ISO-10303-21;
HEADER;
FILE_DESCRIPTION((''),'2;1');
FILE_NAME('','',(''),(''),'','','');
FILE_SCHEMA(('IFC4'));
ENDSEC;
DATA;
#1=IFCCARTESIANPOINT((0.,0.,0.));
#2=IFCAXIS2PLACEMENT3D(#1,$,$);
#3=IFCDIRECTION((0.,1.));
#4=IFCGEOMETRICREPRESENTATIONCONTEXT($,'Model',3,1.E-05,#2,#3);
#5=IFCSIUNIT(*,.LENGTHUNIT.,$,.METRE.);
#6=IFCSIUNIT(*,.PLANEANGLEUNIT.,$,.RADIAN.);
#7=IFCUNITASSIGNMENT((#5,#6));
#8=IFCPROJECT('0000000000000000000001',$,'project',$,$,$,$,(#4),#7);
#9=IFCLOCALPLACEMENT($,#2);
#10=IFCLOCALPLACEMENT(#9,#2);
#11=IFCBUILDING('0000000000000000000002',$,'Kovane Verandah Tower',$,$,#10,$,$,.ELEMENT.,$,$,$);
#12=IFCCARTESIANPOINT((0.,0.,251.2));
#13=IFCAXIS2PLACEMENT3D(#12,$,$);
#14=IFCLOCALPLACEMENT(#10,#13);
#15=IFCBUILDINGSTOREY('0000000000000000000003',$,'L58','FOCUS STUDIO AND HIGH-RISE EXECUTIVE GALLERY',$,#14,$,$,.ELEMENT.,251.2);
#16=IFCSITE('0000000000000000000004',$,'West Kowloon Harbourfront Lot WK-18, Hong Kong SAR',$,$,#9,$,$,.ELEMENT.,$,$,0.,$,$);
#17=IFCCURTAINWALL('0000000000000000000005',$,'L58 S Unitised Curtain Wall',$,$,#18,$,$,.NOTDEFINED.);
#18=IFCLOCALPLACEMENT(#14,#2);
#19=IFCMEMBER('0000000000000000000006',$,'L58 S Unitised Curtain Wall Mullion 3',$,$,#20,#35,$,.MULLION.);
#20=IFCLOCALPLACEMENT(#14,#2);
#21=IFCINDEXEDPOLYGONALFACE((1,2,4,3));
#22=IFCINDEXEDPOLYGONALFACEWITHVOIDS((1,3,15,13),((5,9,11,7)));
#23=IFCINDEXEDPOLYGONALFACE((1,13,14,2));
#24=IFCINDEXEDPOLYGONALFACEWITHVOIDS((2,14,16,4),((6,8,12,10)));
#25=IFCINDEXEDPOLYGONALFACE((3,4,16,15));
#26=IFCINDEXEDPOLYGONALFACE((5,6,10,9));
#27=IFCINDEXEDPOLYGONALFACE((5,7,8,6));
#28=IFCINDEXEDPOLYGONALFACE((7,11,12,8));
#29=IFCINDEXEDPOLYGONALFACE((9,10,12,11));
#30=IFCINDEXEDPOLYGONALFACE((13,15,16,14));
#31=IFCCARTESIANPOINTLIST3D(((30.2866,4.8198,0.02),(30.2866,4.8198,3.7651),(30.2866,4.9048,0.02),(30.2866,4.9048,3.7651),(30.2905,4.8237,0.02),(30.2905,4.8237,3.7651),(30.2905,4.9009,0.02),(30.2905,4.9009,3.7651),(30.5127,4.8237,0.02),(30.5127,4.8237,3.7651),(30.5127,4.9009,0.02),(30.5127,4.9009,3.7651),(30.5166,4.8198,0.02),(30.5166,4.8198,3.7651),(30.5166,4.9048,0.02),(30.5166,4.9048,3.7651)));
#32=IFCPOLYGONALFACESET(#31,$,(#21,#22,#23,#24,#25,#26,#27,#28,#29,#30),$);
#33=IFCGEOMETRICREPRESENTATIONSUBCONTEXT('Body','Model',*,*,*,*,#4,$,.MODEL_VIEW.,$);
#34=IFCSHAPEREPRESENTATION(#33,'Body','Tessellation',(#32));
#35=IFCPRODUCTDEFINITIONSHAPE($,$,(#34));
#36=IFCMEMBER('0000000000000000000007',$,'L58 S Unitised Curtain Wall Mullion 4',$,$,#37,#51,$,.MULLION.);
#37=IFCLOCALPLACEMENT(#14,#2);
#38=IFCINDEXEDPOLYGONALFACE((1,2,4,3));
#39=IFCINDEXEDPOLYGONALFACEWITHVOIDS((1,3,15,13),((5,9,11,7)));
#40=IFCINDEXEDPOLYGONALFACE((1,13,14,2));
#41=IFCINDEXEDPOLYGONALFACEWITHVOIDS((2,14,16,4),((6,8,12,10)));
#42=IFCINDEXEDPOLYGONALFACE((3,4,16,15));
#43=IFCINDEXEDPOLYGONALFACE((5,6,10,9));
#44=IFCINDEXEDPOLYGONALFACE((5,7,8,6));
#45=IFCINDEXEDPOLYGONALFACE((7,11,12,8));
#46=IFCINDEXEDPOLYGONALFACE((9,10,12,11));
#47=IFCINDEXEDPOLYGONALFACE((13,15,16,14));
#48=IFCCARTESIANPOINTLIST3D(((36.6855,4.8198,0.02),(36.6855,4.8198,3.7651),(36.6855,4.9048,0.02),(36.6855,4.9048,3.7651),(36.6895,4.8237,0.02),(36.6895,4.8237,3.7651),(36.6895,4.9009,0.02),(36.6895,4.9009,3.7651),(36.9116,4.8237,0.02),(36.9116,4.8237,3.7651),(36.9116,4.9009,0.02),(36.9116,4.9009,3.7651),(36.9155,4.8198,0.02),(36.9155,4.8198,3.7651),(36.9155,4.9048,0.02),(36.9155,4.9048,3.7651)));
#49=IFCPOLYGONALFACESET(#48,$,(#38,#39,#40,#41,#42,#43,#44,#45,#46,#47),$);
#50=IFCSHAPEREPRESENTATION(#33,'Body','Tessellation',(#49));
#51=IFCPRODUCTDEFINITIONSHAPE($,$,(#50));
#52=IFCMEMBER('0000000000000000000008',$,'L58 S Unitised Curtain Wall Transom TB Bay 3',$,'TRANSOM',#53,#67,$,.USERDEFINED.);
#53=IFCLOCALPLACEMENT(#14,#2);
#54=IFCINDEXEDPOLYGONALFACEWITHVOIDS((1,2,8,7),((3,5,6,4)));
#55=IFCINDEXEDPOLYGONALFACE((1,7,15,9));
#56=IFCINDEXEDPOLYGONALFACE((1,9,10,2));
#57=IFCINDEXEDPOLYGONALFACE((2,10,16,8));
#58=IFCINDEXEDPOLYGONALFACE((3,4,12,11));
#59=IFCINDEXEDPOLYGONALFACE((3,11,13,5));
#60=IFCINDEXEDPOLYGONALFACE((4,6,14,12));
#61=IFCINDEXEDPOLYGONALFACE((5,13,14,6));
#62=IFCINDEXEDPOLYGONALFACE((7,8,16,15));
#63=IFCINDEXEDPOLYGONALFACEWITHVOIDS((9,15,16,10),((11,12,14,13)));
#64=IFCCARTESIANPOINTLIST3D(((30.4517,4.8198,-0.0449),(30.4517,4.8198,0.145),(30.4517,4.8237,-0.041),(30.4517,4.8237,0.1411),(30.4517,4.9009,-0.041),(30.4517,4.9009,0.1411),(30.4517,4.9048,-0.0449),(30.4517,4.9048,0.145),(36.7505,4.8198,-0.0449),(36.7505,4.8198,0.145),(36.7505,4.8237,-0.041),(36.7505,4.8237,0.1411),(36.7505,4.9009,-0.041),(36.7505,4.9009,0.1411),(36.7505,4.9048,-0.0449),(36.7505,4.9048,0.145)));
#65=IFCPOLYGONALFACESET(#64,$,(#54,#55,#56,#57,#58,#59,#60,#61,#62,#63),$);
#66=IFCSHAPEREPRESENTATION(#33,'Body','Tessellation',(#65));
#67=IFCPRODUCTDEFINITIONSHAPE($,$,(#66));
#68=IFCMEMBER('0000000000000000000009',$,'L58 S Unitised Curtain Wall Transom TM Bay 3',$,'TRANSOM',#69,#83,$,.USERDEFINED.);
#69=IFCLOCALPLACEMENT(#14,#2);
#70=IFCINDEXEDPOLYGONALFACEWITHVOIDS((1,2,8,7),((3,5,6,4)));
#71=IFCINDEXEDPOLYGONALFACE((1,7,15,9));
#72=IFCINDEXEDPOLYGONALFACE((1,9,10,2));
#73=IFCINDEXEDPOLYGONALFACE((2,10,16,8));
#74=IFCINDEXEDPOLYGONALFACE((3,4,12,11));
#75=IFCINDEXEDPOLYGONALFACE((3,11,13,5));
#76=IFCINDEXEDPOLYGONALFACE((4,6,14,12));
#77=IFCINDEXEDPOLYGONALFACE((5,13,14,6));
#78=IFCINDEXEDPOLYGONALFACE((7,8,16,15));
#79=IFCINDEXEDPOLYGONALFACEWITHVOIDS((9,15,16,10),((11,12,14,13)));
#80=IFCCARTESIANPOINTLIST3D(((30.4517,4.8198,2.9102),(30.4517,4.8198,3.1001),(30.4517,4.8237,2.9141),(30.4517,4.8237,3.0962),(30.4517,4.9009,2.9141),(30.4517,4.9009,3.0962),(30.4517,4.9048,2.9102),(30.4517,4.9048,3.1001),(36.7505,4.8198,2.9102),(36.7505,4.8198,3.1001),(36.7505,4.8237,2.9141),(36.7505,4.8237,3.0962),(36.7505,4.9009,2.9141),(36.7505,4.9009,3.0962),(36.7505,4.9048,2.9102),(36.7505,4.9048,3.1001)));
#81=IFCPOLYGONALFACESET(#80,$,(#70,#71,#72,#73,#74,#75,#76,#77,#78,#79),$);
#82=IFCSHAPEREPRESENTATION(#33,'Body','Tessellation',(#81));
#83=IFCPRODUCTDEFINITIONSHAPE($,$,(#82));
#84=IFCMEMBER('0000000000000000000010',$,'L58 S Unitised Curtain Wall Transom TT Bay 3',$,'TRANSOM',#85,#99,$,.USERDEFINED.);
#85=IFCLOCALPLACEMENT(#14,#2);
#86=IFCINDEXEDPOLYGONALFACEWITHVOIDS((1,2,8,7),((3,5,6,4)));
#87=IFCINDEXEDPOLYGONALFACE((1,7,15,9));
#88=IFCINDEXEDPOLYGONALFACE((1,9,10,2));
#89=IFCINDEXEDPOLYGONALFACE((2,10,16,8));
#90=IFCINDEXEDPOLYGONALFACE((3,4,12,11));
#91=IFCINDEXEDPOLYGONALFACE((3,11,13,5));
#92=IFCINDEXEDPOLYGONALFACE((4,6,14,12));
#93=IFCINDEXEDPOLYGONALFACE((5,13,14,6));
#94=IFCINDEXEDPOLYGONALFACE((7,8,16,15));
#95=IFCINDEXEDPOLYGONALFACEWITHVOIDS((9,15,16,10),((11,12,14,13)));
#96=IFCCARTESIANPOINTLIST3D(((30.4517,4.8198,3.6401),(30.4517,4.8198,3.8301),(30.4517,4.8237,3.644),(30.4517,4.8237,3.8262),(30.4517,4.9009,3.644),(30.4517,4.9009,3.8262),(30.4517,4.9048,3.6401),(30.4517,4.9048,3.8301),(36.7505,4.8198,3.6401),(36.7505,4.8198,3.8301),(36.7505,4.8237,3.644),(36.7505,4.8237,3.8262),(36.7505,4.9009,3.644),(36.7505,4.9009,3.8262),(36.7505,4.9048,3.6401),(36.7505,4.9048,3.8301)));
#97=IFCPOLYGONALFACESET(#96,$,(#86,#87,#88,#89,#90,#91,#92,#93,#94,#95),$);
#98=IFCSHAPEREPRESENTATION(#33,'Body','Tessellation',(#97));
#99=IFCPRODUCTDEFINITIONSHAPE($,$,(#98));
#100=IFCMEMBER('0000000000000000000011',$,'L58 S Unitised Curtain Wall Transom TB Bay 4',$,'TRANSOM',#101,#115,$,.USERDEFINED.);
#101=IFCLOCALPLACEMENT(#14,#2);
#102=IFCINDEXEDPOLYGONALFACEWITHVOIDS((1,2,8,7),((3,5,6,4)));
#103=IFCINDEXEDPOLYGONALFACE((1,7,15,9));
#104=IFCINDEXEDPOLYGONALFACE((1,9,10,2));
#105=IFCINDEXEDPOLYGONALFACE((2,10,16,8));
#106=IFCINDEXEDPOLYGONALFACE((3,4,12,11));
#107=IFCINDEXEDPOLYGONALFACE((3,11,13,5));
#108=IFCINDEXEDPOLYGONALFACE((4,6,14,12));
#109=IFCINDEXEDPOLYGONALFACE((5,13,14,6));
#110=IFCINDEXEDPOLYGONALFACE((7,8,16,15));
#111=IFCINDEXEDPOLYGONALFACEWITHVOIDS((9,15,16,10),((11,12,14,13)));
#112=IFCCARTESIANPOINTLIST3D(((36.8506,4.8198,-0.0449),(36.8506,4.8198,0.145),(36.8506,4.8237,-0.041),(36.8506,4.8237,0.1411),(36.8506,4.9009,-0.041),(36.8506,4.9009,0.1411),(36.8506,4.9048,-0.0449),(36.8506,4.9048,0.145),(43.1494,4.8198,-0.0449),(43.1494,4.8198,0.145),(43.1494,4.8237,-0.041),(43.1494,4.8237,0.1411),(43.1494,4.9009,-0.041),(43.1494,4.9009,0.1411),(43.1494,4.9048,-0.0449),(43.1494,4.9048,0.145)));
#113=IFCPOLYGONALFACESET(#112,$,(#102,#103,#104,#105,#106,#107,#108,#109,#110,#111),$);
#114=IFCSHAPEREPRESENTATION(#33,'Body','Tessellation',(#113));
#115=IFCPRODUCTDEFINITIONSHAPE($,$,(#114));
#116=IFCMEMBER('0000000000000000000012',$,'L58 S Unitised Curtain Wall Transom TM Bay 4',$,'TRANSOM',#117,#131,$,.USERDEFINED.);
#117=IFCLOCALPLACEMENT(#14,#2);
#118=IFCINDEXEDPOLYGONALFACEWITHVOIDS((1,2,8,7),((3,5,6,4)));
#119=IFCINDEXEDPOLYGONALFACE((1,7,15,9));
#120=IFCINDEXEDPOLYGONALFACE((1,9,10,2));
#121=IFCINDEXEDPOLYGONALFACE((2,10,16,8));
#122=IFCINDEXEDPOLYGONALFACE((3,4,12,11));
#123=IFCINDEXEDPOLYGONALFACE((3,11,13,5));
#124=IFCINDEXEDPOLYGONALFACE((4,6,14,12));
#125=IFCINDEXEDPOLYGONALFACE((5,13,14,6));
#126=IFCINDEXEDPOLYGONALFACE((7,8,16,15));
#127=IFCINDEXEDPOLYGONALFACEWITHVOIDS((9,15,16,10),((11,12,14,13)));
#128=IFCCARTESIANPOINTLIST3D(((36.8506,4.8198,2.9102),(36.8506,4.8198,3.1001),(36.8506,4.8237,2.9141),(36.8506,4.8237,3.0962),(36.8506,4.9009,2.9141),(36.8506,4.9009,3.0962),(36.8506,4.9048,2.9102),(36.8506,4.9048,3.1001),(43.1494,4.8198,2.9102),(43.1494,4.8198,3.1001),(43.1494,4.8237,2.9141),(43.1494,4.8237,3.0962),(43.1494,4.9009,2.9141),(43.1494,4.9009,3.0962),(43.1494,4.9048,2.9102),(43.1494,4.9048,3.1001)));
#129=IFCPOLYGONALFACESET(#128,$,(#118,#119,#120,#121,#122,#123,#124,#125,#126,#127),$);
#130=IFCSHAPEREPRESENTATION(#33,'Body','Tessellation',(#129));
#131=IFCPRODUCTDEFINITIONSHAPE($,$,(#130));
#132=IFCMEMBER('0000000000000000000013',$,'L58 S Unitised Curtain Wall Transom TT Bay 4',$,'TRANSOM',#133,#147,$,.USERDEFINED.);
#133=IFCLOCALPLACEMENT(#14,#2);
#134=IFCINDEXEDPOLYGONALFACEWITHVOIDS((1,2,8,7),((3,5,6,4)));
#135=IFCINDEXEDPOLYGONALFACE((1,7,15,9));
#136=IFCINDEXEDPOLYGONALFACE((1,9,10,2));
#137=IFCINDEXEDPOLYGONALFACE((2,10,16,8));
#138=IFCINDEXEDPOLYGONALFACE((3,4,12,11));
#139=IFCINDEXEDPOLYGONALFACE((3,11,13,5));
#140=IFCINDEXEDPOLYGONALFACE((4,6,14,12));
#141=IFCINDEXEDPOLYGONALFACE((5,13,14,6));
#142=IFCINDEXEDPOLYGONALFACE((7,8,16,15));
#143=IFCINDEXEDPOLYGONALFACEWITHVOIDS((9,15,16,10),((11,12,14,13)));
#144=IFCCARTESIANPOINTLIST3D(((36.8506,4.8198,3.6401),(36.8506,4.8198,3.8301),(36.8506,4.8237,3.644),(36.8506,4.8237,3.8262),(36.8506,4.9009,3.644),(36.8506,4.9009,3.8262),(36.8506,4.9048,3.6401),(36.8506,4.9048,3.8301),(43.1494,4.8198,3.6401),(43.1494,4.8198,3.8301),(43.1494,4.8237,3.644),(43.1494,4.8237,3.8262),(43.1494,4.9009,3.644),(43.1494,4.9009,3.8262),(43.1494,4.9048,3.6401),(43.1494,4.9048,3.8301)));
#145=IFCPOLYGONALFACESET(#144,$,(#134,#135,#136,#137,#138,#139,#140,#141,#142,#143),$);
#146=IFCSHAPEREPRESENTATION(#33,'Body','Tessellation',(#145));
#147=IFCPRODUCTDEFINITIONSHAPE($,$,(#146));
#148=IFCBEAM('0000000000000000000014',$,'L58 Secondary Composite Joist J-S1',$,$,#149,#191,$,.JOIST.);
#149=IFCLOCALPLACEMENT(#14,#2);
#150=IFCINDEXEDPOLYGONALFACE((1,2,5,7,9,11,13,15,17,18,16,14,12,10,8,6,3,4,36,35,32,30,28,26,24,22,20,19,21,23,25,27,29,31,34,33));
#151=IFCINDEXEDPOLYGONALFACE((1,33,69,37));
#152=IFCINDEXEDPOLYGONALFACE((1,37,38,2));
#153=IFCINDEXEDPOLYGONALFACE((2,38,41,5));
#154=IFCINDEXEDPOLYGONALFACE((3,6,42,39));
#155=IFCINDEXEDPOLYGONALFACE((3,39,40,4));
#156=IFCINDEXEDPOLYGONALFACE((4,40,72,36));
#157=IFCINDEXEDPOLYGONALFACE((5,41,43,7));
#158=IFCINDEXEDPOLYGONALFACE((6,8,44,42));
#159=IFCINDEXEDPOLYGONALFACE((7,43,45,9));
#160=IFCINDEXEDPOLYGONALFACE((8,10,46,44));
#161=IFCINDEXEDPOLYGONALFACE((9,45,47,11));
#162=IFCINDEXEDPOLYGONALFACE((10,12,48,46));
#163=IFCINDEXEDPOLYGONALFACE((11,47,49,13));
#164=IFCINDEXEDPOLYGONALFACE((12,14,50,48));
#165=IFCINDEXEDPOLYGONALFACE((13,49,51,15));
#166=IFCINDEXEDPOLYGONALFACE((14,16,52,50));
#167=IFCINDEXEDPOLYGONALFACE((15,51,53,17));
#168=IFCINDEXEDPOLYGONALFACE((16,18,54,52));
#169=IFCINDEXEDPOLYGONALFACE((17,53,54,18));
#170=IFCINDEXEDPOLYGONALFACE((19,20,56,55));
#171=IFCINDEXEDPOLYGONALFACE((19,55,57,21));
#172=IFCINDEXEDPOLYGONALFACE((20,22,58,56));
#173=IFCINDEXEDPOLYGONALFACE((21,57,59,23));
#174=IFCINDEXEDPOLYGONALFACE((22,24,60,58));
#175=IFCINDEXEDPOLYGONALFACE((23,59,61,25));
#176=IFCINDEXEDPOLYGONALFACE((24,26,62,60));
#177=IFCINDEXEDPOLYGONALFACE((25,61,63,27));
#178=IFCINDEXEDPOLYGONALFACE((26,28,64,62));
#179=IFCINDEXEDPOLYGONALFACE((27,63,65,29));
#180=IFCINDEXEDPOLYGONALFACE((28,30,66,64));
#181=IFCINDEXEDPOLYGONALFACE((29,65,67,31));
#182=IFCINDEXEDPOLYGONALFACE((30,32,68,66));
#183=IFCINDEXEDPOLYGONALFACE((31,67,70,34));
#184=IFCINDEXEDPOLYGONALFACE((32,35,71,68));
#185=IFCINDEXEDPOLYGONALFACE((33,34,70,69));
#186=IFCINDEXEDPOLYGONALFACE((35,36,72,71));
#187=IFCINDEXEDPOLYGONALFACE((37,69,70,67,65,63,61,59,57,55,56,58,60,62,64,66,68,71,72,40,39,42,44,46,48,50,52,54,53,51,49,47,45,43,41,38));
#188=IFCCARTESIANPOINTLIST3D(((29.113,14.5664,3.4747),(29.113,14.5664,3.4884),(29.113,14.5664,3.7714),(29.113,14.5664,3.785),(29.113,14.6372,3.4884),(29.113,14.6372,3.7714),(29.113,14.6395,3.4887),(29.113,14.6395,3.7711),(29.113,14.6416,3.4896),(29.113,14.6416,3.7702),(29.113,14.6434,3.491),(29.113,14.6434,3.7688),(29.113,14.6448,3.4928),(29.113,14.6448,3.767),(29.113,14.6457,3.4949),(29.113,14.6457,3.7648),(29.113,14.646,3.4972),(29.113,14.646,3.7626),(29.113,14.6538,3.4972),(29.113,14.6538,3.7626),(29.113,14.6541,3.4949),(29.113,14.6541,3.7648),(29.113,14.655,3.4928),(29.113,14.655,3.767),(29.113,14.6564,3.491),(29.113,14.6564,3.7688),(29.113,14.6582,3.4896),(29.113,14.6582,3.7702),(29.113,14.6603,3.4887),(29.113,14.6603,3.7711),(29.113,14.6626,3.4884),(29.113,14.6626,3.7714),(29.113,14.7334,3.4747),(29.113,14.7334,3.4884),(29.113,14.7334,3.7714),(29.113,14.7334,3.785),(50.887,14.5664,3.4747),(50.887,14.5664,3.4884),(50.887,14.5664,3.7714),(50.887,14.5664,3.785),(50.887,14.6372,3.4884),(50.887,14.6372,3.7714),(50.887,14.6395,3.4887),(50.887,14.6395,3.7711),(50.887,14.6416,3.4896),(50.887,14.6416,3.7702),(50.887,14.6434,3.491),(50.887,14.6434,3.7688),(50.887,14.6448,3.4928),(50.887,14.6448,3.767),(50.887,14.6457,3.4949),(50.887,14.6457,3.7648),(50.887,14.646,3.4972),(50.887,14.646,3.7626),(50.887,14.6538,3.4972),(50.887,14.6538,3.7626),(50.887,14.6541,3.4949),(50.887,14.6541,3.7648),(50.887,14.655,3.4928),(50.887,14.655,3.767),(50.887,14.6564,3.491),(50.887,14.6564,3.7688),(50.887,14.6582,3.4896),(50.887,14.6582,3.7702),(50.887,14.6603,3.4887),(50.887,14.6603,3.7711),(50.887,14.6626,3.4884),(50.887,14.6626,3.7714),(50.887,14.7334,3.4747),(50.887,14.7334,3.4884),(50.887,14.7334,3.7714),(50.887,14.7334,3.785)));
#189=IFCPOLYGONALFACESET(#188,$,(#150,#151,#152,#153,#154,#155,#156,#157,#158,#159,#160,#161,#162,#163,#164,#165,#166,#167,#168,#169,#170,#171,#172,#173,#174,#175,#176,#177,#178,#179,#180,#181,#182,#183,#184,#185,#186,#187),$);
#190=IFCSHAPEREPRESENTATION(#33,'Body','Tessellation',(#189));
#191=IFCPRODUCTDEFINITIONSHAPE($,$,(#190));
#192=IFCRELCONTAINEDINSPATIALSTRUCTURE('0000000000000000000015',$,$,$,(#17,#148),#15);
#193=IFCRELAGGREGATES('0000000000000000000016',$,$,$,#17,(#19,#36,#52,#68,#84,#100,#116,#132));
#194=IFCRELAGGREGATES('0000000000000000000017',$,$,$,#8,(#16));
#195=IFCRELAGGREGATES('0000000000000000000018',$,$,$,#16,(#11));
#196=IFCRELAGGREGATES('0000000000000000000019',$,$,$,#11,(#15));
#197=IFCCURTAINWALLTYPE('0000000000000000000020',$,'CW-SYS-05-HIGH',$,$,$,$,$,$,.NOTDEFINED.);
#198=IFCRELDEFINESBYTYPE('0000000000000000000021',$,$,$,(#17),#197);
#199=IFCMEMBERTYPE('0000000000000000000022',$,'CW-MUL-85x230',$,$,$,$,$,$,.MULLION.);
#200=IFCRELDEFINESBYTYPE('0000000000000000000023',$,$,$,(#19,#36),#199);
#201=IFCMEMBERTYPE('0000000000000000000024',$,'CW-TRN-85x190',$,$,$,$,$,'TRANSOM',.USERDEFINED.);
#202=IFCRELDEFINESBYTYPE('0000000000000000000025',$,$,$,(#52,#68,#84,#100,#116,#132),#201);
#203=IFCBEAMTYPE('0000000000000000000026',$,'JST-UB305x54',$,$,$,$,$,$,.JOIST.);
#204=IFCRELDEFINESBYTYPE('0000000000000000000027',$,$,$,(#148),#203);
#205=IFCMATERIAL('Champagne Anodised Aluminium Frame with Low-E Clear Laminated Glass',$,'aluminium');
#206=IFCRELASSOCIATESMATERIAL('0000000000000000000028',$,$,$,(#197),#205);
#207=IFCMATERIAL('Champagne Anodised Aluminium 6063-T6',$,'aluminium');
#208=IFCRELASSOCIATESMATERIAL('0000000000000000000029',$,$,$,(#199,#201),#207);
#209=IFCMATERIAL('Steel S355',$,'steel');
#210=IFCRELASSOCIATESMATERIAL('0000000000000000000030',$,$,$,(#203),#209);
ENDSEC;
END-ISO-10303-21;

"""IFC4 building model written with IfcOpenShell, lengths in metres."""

from ifc_helpers import new_model, si_unit, direction, frame, origin, origin_2d, place, context, subcontext, project, spatial, hollow_rectangle, i_section, extrude, material, material_profile, profile_set, type_object, element, aggregate, save


model = new_model("IFC4")

# Units and contexts
model_context = context("Model", 3, precision=1e-05, world=origin(), true_north=direction((0.0, 1.0)))
body_context = subcontext(model_context, "Body", "Model", "MODEL_VIEW")
ifc_project = project(units=[si_unit("LENGTHUNIT", "METRE"), si_unit("PLANEANGLEUNIT", "RADIAN")], contexts=[model_context])

# Site, building, storey
site_placement = place(None, origin())
site = spatial("IfcSite", under=ifc_project, at=site_placement, Name="West Kowloon Harbourfront Lot WK-18, Hong Kong SAR", CompositionType="ELEMENT", RefElevation=0.0)
building_placement = place(site_placement, origin())
building = spatial("IfcBuilding", under=site, at=building_placement, Name="Kovane Verandah Tower", CompositionType="ELEMENT")
storey_placement = place(building_placement, frame((0.0, 0.0, 251.2)))
storey = spatial("IfcBuildingStorey", under=building, at=storey_placement, Name="L58", Description="FOCUS STUDIO AND HIGH-RISE EXECUTIVE GALLERY", CompositionType="ELEMENT", Elevation=251.2)

# Shared definitions
ifc_material_1 = material(Name="Steel S355", Category="steel")

# Curtain wall, members
ifc_material_2 = material(Name="Champagne Anodised Aluminium Frame with Low-E Clear Laminated Glass", Category="aluminium")
curtain_wall_type = type_object("IfcCurtainWallType", Name="CW-SYS-05-HIGH", PredefinedType="NOTDEFINED", material=ifc_material_2)
curtain_wall_placement = place(storey_placement, origin())
curtain_wall = element("IfcCurtainWall", 1, at=curtain_wall_placement, inside=storey, type_object=curtain_wall_type, Name="L58 S Unitised Curtain Wall", PredefinedType="NOTDEFINED")
ifc_material_3 = material(Name="Champagne Anodised Aluminium 6063-T6", Category="aluminium")
ifc_material_profile_1 = material_profile(ifc_material_3, hollow_rectangle(XDim=0.085, YDim=0.23, WallThickness=0.0039, at=origin_2d()), Name="AL85x230x4")
ifc_profile_set_1 = profile_set([ifc_material_profile_1], Name="Champagne Anodised Aluminium 6063-T6")
member_type_1 = type_object("IfcMemberType", Name="CW-MUL-85x230", PredefinedType="MULLION", material=ifc_profile_set_1)
member_1_placement = place(storey_placement, frame((30.4016, 4.8623, 0.02), z_axis=(0.0, 0.0, 1.0), x_axis=(0.0, -1.0, 0.0)))
member_1 = element("IfcMember", 2, at=member_1_placement, type_object=member_type_1, Name="L58 S Unitised Curtain Wall Mullion 3", PredefinedType="MULLION", context=body_context, shape_type="SweptSolid", body=[
    extrude(hollow_rectangle(XDim=0.085, YDim=0.23, WallThickness=0.0039, at=origin_2d()), origin(), (0.0, 0.0, 1.0), 3.7451),
])
member_2_placement = place(storey_placement, frame((36.8005, 4.8623, 0.02), z_axis=(0.0, 0.0, 1.0), x_axis=(0.0, -1.0, 0.0)))
member_2 = element("IfcMember", 3, at=member_2_placement, type_object=member_type_1, Name="L58 S Unitised Curtain Wall Mullion 4", PredefinedType="MULLION", context=body_context, shape_type="SweptSolid", body=[
    extrude(hollow_rectangle(XDim=0.085, YDim=0.23, WallThickness=0.0039, at=origin_2d()), origin(), (0.0, 0.0, 1.0), 3.7451),
])
ifc_material_profile_2 = material_profile(ifc_material_3, hollow_rectangle(XDim=0.085, YDim=0.1899, WallThickness=0.0039, at=origin_2d()), Name="AL85x190x4")
ifc_profile_set_2 = profile_set([ifc_material_profile_2], Name="Champagne Anodised Aluminium 6063-T6")
member_type_2 = type_object("IfcMemberType", Name="CW-TRN-85x190", ElementType="TRANSOM", PredefinedType="USERDEFINED", material=ifc_profile_set_2)
member_3_placement = place(storey_placement, frame((30.4517, 4.8623, 0.05), z_axis=(1.0, 0.0, 0.0), x_axis=(0.0, 1.0, 0.0)))
member_3 = element("IfcMember", 4, at=member_3_placement, type_object=member_type_2, Name="L58 S Unitised Curtain Wall Transom TB Bay 3", ObjectType="TRANSOM", PredefinedType="USERDEFINED", context=body_context, shape_type="SweptSolid", body=[
    extrude(hollow_rectangle(XDim=0.085, YDim=0.1899, WallThickness=0.0039, at=origin_2d()), origin(), (0.0, 0.0, 1.0), 6.2988),
])
member_4_placement = place(storey_placement, frame((30.4517, 4.8623, 3.0051), z_axis=(1.0, 0.0, 0.0), x_axis=(0.0, 1.0, 0.0)))
member_4 = element("IfcMember", 5, at=member_4_placement, type_object=member_type_2, Name="L58 S Unitised Curtain Wall Transom TM Bay 3", ObjectType="TRANSOM", PredefinedType="USERDEFINED", context=body_context, shape_type="SweptSolid", body=[
    extrude(hollow_rectangle(XDim=0.085, YDim=0.1899, WallThickness=0.0039, at=origin_2d()), origin(), (0.0, 0.0, 1.0), 6.2988),
])
member_5_placement = place(storey_placement, frame((30.4517, 4.8623, 3.7351), z_axis=(1.0, 0.0, 0.0), x_axis=(0.0, 1.0, 0.0)))
member_5 = element("IfcMember", 6, at=member_5_placement, type_object=member_type_2, Name="L58 S Unitised Curtain Wall Transom TT Bay 3", ObjectType="TRANSOM", PredefinedType="USERDEFINED", context=body_context, shape_type="SweptSolid", body=[
    extrude(hollow_rectangle(XDim=0.085, YDim=0.1899, WallThickness=0.0039, at=origin_2d()), origin(), (0.0, 0.0, 1.0), 6.2988),
])
member_6_placement = place(storey_placement, frame((36.8506, 4.8623, 0.05), z_axis=(1.0, 0.0, 0.0), x_axis=(0.0, 1.0, 0.0)))
member_6 = element("IfcMember", 7, at=member_6_placement, type_object=member_type_2, Name="L58 S Unitised Curtain Wall Transom TB Bay 4", ObjectType="TRANSOM", PredefinedType="USERDEFINED", context=body_context, shape_type="SweptSolid", body=[
    extrude(hollow_rectangle(XDim=0.085, YDim=0.1899, WallThickness=0.0039, at=origin_2d()), origin(), (0.0, 0.0, 1.0), 6.2988),
])
member_7_placement = place(storey_placement, frame((36.8506, 4.8623, 3.0051), z_axis=(1.0, 0.0, 0.0), x_axis=(0.0, 1.0, 0.0)))
member_7 = element("IfcMember", 8, at=member_7_placement, type_object=member_type_2, Name="L58 S Unitised Curtain Wall Transom TM Bay 4", ObjectType="TRANSOM", PredefinedType="USERDEFINED", context=body_context, shape_type="SweptSolid", body=[
    extrude(hollow_rectangle(XDim=0.085, YDim=0.1899, WallThickness=0.0039, at=origin_2d()), origin(), (0.0, 0.0, 1.0), 6.2988),
])
member_8_placement = place(storey_placement, frame((36.8506, 4.8623, 3.7351), z_axis=(1.0, 0.0, 0.0), x_axis=(0.0, 1.0, 0.0)))
member_8 = element("IfcMember", 9, at=member_8_placement, type_object=member_type_2, Name="L58 S Unitised Curtain Wall Transom TT Bay 4", ObjectType="TRANSOM", PredefinedType="USERDEFINED", context=body_context, shape_type="SweptSolid", body=[
    extrude(hollow_rectangle(XDim=0.085, YDim=0.1899, WallThickness=0.0039, at=origin_2d()), origin(), (0.0, 0.0, 1.0), 6.2988),
])

# Beam
ifc_material_profile_3 = material_profile(ifc_material_1, i_section(OverallWidth=0.167, OverallDepth=0.3103, WebThickness=0.0078, FlangeThickness=0.0137, FilletRadius=0.0088, at=origin_2d()), Name="UB305x165x54")
ifc_profile_set_3 = profile_set([ifc_material_profile_3], Name="Steel S355")
beam_type_1 = type_object("IfcBeamType", Name="JST-UB305x54", PredefinedType="JOIST", material=ifc_profile_set_3)
beam_1_placement = place(storey_placement, frame((29.113, 14.6499, 3.6299), z_axis=(1.0, 0.0, 0.0), x_axis=(0.0, 1.0, 0.0)))
element("IfcBeam", 10, at=beam_1_placement, inside=storey, type_object=beam_type_1, Name="L58 Secondary Composite Joist J-S1", PredefinedType="JOIST", context=body_context, shape_type="SweptSolid", body=[
    extrude(i_section(OverallWidth=0.167, OverallDepth=0.3103, WebThickness=0.0078, FlangeThickness=0.0137, FilletRadius=0.0088, at=origin_2d()), origin(), (0.0, 0.0, 1.0), 21.7739),
])

aggregate(curtain_wall, [member_1, member_2, member_3, member_4, member_5, member_6, member_7, member_8])

save(model, "model.ifc")
